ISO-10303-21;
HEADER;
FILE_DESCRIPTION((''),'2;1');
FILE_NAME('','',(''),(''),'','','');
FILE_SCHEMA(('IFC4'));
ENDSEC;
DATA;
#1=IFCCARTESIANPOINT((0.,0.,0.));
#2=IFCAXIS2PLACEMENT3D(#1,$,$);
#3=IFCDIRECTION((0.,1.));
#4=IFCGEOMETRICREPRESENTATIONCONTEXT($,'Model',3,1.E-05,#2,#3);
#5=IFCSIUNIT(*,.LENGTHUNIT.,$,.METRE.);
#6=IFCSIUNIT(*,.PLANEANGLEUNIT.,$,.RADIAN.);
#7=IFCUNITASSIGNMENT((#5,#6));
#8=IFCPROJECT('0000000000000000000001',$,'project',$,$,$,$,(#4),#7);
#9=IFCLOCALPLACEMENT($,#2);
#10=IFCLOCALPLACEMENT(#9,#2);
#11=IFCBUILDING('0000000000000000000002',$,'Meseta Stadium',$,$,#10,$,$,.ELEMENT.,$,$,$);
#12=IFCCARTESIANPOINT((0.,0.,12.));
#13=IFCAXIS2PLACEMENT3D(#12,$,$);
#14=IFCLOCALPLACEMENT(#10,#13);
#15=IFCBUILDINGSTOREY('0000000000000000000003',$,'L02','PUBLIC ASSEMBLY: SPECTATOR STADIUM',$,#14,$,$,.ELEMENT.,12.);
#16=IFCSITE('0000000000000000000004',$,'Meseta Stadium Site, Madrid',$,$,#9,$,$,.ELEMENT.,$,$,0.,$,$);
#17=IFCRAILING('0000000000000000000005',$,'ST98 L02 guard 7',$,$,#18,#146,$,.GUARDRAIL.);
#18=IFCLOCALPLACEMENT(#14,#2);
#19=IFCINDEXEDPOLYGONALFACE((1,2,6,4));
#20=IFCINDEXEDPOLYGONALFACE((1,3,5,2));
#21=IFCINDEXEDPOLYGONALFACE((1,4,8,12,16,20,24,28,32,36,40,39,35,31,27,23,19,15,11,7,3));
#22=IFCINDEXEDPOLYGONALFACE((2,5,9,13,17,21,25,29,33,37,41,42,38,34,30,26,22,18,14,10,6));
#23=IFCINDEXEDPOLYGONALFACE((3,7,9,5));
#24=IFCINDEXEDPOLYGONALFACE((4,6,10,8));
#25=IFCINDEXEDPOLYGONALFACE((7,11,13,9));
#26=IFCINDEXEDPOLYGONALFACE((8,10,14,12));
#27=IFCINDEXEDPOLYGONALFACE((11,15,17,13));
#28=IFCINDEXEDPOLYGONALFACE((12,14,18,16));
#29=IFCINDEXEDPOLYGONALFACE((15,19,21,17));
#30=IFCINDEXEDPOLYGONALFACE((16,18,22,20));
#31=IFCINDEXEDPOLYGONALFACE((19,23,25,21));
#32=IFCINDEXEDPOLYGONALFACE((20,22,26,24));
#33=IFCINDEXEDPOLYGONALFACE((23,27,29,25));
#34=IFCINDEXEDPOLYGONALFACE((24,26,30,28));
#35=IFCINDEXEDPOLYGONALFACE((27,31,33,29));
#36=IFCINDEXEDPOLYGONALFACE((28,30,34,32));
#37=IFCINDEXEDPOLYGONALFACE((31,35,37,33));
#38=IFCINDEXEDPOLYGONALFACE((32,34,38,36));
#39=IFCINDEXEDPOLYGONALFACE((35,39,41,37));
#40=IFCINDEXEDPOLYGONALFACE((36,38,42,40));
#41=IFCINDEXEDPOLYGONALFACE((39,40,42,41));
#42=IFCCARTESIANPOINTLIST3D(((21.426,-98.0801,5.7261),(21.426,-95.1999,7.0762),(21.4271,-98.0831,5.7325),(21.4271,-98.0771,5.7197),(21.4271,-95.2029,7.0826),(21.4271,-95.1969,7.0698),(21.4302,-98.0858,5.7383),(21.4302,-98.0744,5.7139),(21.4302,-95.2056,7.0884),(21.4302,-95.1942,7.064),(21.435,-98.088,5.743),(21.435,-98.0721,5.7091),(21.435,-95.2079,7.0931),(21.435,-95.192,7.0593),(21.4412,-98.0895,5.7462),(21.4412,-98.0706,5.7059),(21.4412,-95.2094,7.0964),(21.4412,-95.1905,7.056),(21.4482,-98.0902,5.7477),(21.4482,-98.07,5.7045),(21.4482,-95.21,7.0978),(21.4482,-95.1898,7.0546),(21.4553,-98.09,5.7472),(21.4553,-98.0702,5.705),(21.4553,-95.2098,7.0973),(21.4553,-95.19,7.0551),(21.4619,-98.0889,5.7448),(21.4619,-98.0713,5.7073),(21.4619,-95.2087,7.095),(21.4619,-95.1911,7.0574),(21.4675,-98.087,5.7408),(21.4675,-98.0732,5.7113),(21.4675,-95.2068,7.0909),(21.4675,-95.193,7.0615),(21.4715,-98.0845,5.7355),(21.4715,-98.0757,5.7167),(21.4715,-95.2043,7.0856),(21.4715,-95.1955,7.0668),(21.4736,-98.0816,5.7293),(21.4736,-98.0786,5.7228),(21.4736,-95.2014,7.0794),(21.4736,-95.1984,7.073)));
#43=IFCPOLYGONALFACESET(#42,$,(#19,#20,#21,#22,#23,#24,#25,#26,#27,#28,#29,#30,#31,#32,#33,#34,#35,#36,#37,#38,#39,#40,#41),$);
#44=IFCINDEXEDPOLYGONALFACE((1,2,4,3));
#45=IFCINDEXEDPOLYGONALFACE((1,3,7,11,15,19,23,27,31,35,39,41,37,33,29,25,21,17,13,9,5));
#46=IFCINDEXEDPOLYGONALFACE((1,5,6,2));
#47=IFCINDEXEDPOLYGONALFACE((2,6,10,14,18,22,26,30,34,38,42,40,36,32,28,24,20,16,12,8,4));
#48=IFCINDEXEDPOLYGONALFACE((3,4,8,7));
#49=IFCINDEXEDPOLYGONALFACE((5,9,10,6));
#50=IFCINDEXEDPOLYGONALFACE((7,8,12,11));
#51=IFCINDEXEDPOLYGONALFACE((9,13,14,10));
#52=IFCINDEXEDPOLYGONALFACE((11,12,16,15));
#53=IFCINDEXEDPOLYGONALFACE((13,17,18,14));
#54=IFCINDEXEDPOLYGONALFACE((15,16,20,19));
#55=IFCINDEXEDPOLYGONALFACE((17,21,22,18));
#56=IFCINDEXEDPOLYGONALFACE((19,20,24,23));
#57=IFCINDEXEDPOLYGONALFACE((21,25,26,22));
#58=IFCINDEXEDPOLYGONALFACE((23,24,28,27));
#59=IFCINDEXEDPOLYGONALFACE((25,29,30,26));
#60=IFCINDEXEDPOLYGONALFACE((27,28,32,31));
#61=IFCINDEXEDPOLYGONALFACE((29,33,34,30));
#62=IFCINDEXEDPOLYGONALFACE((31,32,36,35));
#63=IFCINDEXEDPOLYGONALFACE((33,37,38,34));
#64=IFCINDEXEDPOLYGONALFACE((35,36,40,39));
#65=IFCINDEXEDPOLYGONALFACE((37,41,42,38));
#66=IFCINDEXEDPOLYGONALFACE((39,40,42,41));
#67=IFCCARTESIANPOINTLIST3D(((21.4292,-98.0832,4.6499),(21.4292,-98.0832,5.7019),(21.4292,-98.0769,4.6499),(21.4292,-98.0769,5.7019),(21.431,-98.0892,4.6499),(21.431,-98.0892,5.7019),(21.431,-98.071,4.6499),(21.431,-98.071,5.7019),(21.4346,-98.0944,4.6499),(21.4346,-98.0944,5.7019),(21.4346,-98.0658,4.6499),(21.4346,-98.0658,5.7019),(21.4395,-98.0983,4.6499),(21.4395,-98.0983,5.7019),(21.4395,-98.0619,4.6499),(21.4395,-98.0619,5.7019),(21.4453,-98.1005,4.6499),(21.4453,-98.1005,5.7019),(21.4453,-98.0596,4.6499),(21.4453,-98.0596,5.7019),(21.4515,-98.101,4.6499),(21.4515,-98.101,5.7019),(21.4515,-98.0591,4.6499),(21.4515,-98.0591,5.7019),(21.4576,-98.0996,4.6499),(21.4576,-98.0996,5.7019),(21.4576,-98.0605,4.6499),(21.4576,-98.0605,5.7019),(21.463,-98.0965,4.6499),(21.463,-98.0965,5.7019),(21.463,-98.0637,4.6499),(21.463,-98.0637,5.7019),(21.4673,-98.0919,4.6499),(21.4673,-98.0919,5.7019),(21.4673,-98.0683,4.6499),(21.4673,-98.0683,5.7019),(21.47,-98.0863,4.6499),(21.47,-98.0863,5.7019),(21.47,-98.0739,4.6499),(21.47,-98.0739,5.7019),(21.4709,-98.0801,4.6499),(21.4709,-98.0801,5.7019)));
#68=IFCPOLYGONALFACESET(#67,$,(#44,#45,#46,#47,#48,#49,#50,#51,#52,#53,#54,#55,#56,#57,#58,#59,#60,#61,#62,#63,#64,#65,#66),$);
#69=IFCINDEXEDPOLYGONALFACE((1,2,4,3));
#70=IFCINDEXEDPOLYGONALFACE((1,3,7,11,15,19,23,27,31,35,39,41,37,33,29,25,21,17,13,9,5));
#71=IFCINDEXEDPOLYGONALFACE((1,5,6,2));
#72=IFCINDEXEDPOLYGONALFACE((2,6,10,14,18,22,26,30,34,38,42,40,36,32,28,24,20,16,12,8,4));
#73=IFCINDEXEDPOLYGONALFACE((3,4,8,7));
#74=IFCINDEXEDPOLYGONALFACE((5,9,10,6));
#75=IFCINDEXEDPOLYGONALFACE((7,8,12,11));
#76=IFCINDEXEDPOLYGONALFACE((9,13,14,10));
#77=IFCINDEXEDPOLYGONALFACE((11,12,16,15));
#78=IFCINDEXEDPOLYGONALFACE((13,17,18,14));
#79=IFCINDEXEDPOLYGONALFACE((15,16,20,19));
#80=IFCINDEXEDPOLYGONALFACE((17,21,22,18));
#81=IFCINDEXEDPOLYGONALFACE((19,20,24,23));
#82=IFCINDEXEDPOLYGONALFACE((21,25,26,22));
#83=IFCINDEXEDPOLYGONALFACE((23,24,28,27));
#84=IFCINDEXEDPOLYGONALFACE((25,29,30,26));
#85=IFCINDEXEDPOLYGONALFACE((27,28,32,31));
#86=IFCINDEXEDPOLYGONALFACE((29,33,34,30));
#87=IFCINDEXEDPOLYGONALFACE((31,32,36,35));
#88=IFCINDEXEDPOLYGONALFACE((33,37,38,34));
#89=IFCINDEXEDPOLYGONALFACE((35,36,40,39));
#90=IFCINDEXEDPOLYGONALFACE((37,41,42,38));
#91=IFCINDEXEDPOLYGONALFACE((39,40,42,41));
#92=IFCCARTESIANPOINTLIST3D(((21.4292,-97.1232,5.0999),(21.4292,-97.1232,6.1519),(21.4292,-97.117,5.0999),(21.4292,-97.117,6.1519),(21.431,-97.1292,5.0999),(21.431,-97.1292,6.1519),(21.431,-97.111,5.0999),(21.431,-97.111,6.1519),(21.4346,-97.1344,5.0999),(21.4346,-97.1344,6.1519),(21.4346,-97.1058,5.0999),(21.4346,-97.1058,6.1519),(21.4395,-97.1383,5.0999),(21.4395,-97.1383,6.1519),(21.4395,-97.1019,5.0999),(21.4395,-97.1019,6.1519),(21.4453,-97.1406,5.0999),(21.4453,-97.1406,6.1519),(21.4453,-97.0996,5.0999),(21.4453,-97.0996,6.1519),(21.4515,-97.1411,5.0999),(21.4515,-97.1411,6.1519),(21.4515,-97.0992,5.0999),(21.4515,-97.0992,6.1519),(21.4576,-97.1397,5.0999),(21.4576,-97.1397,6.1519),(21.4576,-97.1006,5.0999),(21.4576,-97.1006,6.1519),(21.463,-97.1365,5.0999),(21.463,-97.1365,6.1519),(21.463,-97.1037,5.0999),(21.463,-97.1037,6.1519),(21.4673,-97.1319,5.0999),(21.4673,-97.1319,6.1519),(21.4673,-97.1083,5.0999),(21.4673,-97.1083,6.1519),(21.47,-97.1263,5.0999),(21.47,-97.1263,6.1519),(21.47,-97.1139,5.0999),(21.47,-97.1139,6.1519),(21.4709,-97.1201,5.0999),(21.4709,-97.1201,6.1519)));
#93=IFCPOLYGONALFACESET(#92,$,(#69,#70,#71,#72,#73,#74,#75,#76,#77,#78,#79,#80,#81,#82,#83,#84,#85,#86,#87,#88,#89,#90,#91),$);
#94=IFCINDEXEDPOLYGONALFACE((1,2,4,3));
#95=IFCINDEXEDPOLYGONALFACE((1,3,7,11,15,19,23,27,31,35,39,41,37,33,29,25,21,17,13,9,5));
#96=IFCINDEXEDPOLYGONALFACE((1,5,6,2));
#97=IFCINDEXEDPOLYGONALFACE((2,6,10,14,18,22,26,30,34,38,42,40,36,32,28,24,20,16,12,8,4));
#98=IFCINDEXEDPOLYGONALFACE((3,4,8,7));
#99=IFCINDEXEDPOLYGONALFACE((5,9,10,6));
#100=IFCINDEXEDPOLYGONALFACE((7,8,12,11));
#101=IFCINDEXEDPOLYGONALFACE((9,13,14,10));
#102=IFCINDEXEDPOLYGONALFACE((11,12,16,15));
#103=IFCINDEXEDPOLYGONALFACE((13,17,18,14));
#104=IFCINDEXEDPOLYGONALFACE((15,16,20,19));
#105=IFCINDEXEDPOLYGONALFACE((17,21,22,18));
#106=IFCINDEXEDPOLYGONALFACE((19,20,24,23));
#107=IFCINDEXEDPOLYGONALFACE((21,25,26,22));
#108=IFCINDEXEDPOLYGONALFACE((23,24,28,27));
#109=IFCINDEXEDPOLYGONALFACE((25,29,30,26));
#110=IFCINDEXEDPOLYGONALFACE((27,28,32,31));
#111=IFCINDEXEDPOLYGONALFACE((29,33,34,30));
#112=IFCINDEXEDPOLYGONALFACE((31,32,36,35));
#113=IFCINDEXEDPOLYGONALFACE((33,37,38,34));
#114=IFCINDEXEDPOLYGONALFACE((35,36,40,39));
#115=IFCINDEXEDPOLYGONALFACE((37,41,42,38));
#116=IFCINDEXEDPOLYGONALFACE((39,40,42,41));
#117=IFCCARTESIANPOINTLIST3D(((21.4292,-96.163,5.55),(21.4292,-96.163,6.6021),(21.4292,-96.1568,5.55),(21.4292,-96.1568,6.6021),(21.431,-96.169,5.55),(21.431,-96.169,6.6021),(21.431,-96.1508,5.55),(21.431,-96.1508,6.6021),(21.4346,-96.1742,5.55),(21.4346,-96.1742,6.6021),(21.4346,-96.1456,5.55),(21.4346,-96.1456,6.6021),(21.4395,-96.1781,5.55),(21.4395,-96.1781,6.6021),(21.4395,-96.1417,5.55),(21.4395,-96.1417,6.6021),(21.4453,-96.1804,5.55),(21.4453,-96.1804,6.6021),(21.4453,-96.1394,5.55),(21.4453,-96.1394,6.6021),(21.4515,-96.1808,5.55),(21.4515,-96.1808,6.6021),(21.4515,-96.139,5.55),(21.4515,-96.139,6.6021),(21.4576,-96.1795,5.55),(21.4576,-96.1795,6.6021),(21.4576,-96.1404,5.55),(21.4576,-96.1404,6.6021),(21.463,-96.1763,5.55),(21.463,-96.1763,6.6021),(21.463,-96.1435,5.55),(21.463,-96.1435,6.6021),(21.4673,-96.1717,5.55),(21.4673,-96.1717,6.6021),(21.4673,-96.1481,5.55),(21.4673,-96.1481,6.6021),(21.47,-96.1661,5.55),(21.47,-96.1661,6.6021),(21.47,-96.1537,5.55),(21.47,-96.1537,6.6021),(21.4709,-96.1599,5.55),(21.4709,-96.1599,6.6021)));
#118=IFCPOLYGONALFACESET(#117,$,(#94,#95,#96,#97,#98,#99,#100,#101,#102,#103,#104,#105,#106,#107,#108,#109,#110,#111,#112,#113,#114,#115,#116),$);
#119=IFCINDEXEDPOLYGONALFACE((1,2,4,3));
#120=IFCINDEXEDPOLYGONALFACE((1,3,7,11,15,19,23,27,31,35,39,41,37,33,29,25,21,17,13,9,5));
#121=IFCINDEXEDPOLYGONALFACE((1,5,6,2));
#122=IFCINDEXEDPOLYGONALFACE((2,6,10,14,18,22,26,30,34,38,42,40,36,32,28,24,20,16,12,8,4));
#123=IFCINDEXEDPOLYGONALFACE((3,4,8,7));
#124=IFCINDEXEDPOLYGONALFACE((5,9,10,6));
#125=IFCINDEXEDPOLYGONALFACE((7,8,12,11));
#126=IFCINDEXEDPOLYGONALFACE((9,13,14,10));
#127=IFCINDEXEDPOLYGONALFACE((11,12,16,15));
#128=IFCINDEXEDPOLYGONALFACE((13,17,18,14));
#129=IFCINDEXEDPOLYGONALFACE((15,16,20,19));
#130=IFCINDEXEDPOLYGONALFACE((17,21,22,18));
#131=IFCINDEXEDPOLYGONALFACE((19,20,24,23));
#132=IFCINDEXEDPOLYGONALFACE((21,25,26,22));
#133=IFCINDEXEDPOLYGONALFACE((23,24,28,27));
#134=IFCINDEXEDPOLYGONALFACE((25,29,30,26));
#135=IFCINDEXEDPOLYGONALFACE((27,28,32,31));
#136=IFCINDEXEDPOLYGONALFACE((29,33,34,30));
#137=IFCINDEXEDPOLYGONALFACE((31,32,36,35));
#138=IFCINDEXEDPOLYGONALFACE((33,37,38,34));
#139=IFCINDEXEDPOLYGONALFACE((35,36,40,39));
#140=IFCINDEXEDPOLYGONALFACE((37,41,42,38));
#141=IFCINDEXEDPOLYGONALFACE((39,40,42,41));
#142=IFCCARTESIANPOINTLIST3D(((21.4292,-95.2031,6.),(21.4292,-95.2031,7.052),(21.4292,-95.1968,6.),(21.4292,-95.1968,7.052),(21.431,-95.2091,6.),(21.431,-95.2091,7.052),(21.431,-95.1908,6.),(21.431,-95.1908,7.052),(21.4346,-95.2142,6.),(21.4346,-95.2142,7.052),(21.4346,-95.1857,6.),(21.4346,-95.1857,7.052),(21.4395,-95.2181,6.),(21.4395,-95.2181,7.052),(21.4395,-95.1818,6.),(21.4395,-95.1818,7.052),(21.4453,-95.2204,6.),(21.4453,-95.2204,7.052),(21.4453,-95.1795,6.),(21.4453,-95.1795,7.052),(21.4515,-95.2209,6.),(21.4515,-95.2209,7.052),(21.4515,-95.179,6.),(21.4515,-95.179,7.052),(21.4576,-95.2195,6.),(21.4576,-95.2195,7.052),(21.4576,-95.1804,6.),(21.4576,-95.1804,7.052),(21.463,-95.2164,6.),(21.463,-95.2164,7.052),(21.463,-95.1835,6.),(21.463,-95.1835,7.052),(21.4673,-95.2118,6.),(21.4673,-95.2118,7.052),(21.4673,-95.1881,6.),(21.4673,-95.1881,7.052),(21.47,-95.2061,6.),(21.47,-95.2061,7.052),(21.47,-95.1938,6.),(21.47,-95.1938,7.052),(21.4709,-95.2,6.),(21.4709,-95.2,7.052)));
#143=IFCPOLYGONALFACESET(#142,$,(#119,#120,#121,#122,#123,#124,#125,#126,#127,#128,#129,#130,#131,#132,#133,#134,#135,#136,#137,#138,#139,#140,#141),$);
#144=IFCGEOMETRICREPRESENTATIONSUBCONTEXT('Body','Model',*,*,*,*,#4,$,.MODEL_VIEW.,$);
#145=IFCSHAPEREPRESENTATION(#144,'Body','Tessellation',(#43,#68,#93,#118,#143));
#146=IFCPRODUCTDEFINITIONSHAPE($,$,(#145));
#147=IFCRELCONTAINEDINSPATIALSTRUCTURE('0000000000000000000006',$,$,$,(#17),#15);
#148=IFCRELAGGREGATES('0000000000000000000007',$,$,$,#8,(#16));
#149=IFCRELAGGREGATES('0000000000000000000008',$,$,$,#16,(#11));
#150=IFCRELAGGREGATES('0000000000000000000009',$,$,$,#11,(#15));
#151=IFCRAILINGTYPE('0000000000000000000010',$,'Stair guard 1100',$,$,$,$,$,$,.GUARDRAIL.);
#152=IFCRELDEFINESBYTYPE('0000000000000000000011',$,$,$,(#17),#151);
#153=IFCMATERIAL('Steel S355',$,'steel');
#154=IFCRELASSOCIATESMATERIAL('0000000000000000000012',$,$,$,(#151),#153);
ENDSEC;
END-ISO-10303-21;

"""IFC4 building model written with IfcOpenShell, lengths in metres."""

from ifc_helpers import new_model, si_unit, direction, frame, origin, origin_2d, place, context, subcontext, project, spatial, circle, extrude, material, type_object, element, save


model = new_model("IFC4")

# Units and contexts
model_context = context("Model", 3, precision=1e-05, world=origin(), true_north=direction((0.0, 1.0)))
body_context = subcontext(model_context, "Body", "Model", "MODEL_VIEW")
ifc_project = project(units=[si_unit("LENGTHUNIT", "METRE"), si_unit("PLANEANGLEUNIT", "RADIAN")], contexts=[model_context])

# Site, building, storey
site_placement = place(None, origin())
site = spatial("IfcSite", under=ifc_project, at=site_placement, Name="Meseta Stadium Site, Madrid", CompositionType="ELEMENT", RefElevation=0.0)
building_placement = place(site_placement, origin())
building = spatial("IfcBuilding", under=site, at=building_placement, Name="Meseta Stadium", CompositionType="ELEMENT")
storey_placement = place(building_placement, frame((0.0, 0.0, 12.0)))
storey = spatial("IfcBuildingStorey", under=building, at=storey_placement, Name="L02", Description="PUBLIC ASSEMBLY: SPECTATOR STADIUM", CompositionType="ELEMENT", Elevation=12.0)

# Railing
ifc_material_1 = material(Name="Steel S355", Category="steel")
railing_type_1 = type_object("IfcRailingType", Name="Stair guard 1100", PredefinedType="GUARDRAIL", material=ifc_material_1)
railing_1_placement = place(storey_placement, frame((21.45, -98.0801, 4.6499)))
element("IfcRailing", 1, at=railing_1_placement, inside=storey, type_object=railing_type_1, Name="ST98 L02 guard 7", PredefinedType="GUARDRAIL", context=body_context, shape_type="SweptSolid", body=[
    extrude(circle(Radius=0.0239, at=origin_2d()), frame((0.0, 0.0, 1.0762), z_axis=(0.0, 0.905454, 0.424444), x_axis=(-1.0, 0.0, 0.0)), (0.0, 0.0, 1.0), 3.1809),
    extrude(circle(Radius=0.021, at=origin_2d()), origin(), (0.0, 0.0, 1.0), 1.052),
    extrude(circle(Radius=0.021, at=origin_2d()), frame((0.0, 0.96, 0.45)), (0.0, 0.0, 1.0), 1.052),
    extrude(circle(Radius=0.021, at=origin_2d()), frame((0.0, 1.9202, 0.9001)), (0.0, 0.0, 1.0), 1.052),
    extrude(circle(Radius=0.021, at=origin_2d()), frame((0.0, 2.8801, 1.3501)), (0.0, 0.0, 1.0), 1.052),
])

save(model, "model.ifc")
